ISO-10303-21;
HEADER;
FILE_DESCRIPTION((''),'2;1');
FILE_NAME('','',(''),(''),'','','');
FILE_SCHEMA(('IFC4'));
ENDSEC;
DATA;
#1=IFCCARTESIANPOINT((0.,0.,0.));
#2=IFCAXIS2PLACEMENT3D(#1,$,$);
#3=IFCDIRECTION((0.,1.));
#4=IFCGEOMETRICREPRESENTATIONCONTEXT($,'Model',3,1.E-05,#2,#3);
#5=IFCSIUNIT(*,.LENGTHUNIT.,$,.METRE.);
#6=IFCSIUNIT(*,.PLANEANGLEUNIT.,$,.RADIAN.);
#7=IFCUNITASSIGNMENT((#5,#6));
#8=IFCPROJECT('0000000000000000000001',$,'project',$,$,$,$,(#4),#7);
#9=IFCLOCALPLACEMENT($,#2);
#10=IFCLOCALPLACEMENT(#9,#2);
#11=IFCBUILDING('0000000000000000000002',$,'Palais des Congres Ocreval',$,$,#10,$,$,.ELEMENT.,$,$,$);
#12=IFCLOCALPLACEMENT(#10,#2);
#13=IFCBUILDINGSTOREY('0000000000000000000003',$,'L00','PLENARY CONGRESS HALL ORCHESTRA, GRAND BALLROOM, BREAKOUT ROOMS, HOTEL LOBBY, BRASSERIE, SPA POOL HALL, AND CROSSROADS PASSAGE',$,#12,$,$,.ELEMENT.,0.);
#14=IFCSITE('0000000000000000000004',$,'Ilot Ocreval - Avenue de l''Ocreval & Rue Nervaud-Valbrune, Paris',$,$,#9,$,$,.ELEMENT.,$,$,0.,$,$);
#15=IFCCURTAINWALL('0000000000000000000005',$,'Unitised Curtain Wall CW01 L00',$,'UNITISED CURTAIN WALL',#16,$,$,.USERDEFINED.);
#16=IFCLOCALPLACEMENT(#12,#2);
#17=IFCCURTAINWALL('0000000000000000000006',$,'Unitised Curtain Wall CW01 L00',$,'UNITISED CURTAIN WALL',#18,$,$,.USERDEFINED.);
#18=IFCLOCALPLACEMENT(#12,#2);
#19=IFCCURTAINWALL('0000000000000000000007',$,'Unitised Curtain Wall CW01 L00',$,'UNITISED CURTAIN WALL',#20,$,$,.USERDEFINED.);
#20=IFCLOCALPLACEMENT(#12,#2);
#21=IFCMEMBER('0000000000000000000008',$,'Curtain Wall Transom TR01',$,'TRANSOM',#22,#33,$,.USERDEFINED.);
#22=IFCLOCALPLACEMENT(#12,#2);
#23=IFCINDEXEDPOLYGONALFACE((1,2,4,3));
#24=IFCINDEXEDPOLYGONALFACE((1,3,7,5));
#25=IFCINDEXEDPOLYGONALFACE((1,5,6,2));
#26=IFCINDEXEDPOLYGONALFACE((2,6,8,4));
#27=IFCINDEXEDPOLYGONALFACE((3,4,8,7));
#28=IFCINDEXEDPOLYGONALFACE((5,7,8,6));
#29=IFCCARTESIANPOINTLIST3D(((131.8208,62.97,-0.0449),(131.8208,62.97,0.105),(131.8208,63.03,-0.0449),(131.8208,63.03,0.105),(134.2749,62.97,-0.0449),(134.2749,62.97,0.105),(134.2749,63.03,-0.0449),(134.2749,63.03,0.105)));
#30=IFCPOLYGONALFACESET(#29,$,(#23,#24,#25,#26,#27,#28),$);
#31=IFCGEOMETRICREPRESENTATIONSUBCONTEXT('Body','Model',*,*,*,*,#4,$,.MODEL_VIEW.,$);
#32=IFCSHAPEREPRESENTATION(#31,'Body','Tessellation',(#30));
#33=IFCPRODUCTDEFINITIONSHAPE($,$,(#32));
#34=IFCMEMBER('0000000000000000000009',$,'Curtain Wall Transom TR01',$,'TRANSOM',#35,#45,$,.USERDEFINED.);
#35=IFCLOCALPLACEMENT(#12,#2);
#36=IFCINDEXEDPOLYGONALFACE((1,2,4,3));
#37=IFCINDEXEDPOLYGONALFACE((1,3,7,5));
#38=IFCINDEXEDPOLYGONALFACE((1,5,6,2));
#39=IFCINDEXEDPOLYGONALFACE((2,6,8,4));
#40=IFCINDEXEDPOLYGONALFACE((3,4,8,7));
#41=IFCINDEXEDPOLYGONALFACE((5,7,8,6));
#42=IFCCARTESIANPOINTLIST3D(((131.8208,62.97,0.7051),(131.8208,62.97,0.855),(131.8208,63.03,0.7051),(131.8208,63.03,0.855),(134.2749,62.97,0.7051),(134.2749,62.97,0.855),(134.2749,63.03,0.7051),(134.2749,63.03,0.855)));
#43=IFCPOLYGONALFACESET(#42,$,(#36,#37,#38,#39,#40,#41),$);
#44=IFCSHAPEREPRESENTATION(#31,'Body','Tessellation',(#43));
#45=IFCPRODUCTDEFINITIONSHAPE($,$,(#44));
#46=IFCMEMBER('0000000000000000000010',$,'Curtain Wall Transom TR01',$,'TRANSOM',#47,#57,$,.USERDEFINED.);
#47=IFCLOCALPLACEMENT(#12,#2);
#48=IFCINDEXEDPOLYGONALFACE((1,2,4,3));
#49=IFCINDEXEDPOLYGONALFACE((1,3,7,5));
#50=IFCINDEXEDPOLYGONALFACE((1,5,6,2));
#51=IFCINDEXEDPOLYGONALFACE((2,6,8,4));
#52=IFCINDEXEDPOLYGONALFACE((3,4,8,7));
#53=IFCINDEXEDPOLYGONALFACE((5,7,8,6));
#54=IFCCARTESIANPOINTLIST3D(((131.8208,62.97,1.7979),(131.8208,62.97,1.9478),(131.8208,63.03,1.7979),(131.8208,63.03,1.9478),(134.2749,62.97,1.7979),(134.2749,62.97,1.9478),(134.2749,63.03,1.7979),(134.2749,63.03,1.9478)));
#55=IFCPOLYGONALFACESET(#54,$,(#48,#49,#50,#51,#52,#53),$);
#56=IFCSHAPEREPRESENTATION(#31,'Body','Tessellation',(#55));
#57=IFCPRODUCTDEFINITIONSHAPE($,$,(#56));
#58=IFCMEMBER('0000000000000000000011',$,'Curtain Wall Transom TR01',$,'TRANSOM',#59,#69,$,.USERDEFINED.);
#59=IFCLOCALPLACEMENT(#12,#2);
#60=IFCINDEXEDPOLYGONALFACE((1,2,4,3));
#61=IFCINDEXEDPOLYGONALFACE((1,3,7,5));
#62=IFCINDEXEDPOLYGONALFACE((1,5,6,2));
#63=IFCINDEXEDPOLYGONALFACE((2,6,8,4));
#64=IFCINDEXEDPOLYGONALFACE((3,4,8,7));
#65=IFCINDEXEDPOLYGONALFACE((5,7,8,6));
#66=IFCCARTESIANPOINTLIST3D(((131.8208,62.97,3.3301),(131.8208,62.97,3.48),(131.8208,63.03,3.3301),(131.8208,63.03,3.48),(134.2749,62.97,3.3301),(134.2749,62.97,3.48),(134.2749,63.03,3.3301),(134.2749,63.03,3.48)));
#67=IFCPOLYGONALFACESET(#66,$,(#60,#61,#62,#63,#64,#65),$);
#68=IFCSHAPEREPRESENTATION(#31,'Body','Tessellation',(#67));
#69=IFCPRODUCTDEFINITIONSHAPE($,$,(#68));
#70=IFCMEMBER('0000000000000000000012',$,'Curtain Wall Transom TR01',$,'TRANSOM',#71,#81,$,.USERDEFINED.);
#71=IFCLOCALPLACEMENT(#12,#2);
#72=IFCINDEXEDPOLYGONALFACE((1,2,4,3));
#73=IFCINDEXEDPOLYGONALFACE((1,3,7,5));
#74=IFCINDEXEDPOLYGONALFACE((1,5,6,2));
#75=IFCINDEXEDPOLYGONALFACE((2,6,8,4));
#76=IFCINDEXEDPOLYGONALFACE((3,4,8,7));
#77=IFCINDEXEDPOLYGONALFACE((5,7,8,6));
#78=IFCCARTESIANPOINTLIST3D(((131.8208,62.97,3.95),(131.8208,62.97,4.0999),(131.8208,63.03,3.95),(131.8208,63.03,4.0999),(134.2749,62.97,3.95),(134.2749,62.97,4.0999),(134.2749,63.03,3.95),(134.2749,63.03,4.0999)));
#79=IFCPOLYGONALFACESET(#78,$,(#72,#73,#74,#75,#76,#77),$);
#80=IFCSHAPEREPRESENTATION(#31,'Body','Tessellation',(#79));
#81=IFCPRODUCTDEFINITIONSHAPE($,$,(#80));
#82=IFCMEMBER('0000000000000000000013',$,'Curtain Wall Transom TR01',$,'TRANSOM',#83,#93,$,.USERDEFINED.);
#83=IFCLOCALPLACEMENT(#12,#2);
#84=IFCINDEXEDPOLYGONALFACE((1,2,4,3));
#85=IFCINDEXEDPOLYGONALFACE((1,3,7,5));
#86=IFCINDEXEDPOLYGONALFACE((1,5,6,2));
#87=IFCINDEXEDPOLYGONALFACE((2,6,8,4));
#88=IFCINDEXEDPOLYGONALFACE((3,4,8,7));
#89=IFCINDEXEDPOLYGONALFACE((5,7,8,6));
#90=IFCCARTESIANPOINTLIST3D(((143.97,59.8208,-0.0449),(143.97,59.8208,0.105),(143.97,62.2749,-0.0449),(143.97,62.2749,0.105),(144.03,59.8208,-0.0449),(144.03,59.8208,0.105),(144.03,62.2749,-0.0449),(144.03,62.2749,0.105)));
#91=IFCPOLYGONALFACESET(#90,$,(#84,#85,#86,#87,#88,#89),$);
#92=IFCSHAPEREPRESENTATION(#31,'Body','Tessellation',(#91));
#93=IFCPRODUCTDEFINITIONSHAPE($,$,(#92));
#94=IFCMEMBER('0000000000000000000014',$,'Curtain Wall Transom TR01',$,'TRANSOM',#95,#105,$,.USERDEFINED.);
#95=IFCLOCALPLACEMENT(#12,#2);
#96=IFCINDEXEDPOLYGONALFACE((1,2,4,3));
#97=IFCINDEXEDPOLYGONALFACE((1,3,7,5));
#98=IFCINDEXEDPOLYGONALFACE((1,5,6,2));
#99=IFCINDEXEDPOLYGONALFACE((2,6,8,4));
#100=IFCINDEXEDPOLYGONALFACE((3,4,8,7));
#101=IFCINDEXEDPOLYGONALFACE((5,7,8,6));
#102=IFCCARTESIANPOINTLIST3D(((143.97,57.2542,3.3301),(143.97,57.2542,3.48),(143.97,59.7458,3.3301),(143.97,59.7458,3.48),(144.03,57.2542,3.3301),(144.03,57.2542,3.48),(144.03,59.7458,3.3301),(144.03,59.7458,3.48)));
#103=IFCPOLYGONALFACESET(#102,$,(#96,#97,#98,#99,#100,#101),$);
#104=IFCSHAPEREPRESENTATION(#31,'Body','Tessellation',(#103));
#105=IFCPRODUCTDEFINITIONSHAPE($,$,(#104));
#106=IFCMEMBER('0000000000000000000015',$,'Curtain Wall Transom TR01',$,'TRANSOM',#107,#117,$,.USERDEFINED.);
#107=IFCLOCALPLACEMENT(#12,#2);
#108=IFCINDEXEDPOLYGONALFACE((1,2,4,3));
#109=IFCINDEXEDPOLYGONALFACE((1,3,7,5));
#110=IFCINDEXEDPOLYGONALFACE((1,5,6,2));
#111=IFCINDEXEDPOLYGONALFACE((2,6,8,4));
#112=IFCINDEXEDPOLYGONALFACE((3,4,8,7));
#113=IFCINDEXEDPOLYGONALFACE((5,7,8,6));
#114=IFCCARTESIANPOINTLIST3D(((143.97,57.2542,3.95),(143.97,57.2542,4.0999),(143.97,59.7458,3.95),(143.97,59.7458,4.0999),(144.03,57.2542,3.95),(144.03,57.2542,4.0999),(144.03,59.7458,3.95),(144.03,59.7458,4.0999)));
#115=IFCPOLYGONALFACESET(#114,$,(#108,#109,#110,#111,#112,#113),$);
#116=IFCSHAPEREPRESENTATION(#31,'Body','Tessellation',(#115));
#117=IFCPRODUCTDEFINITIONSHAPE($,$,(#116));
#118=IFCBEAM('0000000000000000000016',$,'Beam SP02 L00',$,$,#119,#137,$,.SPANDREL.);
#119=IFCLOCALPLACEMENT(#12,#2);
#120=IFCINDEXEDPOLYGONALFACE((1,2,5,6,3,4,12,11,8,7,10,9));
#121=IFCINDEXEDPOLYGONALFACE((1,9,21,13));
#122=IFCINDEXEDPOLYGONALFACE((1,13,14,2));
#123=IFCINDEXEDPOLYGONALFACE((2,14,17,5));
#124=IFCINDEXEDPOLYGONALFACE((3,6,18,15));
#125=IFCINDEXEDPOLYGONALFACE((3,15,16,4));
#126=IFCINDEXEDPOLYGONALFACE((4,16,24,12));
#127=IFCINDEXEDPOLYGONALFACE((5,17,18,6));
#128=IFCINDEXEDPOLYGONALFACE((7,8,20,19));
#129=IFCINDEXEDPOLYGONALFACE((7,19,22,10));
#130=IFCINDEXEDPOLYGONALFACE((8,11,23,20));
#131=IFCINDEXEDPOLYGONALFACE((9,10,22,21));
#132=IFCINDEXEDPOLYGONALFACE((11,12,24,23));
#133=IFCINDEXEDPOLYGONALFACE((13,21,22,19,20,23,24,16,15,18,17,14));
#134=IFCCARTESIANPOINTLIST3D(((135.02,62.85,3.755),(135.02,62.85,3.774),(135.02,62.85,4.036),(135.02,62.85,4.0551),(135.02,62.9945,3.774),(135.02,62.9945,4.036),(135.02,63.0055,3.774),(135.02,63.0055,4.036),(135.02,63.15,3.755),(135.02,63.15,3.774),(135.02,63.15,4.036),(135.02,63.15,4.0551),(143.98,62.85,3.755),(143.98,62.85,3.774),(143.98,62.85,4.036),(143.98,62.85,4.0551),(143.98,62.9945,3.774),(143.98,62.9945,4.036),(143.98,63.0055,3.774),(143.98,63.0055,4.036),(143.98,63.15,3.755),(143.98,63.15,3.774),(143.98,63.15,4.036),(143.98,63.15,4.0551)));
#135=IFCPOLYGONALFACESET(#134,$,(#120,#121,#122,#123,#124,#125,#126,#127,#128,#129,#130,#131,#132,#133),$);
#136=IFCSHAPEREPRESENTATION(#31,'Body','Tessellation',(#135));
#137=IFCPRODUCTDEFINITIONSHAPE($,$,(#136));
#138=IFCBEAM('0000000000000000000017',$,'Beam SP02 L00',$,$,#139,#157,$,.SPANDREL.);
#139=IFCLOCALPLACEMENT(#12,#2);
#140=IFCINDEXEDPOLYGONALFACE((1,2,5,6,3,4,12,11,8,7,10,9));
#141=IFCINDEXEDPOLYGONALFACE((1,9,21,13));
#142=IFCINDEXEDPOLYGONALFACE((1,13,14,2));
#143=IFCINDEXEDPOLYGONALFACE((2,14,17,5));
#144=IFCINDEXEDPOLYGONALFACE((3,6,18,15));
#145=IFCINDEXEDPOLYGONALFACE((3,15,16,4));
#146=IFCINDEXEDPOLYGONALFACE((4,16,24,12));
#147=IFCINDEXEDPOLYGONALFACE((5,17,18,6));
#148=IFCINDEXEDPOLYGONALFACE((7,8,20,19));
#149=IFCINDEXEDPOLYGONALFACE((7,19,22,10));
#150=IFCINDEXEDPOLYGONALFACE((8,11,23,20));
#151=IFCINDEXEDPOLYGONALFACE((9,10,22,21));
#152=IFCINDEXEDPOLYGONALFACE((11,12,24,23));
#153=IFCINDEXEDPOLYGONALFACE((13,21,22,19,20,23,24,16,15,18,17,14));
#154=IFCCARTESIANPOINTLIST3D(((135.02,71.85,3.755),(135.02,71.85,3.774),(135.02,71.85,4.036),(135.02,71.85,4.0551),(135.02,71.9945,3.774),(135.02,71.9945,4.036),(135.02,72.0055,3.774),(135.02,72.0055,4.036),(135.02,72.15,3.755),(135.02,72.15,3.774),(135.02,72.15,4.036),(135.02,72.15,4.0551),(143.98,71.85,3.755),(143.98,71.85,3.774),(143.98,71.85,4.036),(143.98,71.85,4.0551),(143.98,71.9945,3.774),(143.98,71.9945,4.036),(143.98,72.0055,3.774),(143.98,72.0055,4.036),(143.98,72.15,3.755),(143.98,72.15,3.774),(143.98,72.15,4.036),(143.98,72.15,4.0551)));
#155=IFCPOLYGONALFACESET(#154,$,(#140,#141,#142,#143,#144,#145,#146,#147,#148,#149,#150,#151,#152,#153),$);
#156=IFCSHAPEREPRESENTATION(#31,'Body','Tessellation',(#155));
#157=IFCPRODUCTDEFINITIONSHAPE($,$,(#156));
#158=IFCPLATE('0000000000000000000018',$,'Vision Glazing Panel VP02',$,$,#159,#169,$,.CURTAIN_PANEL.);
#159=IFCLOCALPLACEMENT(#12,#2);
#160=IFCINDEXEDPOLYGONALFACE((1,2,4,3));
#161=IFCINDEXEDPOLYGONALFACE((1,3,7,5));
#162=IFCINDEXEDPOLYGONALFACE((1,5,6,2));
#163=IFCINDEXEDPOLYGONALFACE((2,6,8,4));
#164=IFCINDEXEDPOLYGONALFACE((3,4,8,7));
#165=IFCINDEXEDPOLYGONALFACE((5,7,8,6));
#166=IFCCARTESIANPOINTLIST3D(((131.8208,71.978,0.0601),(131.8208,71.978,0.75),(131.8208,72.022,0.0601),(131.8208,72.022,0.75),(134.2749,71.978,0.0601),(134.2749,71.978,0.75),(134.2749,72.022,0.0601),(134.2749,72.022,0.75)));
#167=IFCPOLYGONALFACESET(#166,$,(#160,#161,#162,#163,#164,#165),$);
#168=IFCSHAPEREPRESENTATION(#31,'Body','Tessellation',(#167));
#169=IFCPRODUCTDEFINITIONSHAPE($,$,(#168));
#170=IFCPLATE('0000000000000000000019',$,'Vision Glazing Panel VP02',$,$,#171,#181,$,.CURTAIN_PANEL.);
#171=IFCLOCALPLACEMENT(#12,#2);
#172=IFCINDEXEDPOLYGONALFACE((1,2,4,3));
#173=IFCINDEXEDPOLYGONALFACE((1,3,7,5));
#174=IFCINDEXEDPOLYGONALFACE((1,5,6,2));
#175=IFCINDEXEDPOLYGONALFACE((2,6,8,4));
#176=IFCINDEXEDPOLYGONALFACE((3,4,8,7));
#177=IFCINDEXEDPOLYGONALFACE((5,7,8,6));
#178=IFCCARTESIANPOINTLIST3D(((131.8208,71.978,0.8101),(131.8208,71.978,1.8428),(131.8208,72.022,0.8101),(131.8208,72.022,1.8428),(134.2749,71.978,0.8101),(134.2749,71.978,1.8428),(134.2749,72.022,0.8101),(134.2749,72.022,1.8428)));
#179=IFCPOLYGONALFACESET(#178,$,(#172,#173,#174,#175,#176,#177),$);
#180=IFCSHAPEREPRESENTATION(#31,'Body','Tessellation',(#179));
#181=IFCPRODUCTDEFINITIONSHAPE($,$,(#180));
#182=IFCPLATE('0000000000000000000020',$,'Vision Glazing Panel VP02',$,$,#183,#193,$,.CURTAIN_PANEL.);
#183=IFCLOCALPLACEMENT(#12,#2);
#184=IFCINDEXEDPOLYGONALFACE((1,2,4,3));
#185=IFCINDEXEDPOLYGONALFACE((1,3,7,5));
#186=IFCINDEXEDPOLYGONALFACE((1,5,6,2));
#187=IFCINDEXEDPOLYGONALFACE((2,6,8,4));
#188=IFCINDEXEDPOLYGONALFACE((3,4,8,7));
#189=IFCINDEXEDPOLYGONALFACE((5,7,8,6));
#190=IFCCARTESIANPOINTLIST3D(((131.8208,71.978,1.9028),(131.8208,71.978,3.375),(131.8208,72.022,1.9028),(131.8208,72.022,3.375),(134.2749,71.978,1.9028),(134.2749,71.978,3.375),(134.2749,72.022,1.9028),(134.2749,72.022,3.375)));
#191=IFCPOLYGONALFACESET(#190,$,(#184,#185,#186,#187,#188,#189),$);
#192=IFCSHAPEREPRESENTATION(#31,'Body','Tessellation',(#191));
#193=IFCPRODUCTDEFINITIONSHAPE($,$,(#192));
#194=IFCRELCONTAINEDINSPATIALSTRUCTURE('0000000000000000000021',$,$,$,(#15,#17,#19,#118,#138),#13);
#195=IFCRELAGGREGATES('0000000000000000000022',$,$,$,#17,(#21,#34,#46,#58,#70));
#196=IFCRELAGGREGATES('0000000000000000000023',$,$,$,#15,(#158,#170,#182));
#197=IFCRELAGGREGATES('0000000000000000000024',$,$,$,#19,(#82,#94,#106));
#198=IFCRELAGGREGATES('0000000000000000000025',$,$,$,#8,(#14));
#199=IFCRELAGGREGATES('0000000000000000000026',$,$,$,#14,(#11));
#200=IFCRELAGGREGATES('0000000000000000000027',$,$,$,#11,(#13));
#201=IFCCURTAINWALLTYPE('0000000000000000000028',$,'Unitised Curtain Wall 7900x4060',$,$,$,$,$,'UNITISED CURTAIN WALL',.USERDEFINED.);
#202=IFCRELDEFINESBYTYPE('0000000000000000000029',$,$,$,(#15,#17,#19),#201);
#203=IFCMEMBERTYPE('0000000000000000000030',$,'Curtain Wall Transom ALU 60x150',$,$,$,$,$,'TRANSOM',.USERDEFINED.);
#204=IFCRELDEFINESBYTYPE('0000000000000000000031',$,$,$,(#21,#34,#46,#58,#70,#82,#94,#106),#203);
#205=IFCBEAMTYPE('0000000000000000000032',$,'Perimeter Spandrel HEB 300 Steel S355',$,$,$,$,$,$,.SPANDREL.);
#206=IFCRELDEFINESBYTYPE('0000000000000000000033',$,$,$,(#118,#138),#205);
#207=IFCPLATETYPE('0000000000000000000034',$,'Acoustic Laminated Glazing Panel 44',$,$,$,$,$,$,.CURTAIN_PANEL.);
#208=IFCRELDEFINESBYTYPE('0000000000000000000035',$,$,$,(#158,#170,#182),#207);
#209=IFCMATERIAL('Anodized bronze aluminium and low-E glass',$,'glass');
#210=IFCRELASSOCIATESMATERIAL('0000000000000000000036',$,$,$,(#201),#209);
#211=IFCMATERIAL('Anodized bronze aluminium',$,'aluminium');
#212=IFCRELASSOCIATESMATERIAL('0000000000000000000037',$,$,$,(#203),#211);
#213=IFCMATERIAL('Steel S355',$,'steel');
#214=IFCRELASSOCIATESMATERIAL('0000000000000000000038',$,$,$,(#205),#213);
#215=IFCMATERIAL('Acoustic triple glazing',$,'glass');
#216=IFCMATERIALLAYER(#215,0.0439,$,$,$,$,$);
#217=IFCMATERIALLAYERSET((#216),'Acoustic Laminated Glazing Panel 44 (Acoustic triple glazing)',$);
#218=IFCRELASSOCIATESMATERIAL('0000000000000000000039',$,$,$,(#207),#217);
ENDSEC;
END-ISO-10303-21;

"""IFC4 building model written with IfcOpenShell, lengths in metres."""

from ifc_helpers import new_model, si_unit, direction, frame, origin, origin_2d, place, context, subcontext, project, spatial, rectangle, i_section, extrude, material, layer, layer_set, material_profile, profile_set, type_object, element, aggregate, save


model = new_model("IFC4")

# Units and contexts
model_context = context("Model", 3, precision=1e-05, world=origin(), true_north=direction((0.0, 1.0)))
body_context = subcontext(model_context, "Body", "Model", "MODEL_VIEW")
ifc_project = project(units=[si_unit("LENGTHUNIT", "METRE"), si_unit("PLANEANGLEUNIT", "RADIAN")], contexts=[model_context])

# Site, building, storey
site_placement = place(None, origin())
site = spatial("IfcSite", under=ifc_project, at=site_placement, Name="Ilot Ocreval - Avenue de l'Ocreval & Rue Nervaud-Valbrune, Paris", CompositionType="ELEMENT", RefElevation=0.0)
building_placement = place(site_placement, origin())
building = spatial("IfcBuilding", under=site, at=building_placement, Name="Palais des Congres Ocreval", CompositionType="ELEMENT")
storey_placement = place(building_placement, origin())
storey = spatial("IfcBuildingStorey", under=building, at=storey_placement, Name="L00", Description="PLENARY CONGRESS HALL ORCHESTRA, GRAND BALLROOM, BREAKOUT ROOMS, HOTEL LOBBY, BRASSERIE, SPA POOL HALL, AND CROSSROADS PASSAGE", CompositionType="ELEMENT", Elevation=0.0)

# Shared definitions
ifc_material_1 = material(Name="Steel S355", Category="steel")

# Curtain walls
ifc_material_2 = material(Name="Anodized bronze aluminium and low-E glass", Category="glass")
curtain_wall_type = type_object("IfcCurtainWallType", Name="Unitised Curtain Wall 7900x4060", ElementType="UNITISED CURTAIN WALL", PredefinedType="USERDEFINED", material=ifc_material_2)
curtain_wall_1_placement = place(storey_placement, origin())
curtain_wall_1 = element("IfcCurtainWall", 1, at=curtain_wall_1_placement, inside=storey, type_object=curtain_wall_type, Name="Unitised Curtain Wall CW01 L00", ObjectType="UNITISED CURTAIN WALL", PredefinedType="USERDEFINED")
ifc_material_3 = material(Name="Anodized bronze aluminium", Category="aluminium")
curtain_wall_2_placement = place(storey_placement, origin())
curtain_wall_2 = element("IfcCurtainWall", 2, at=curtain_wall_2_placement, inside=storey, type_object=curtain_wall_type, Name="Unitised Curtain Wall CW01 L00", ObjectType="UNITISED CURTAIN WALL", PredefinedType="USERDEFINED")
curtain_wall_3_placement = place(storey_placement, origin())
curtain_wall_3 = element("IfcCurtainWall", 3, at=curtain_wall_3_placement, inside=storey, type_object=curtain_wall_type, Name="Unitised Curtain Wall CW01 L00", ObjectType="UNITISED CURTAIN WALL", PredefinedType="USERDEFINED")

# Members
ifc_material_profile_1 = material_profile(ifc_material_3, rectangle(XDim=0.0601, YDim=0.1499, at=origin_2d()), Name="ALU 60x150")
ifc_profile_set_1 = profile_set([ifc_material_profile_1], Name="Anodized bronze aluminium")
member_type_1 = type_object("IfcMemberType", Name="Curtain Wall Transom ALU 60x150", ElementType="TRANSOM", PredefinedType="USERDEFINED", material=ifc_profile_set_1)
member_1_placement = place(storey_placement, frame((131.8208, 63.0, 0.03), z_axis=(1.0, 0.0, 0.0), x_axis=(0.0, 1.0, 0.0)))
member_1 = element("IfcMember", 4, at=member_1_placement, type_object=member_type_1, Name="Curtain Wall Transom TR01", ObjectType="TRANSOM", PredefinedType="USERDEFINED", context=body_context, shape_type="SweptSolid", body=[
    extrude(rectangle(XDim=0.0601, YDim=0.1499, at=origin_2d()), origin(), (0.0, 0.0, 1.0), 2.4541),
])
member_2_placement = place(storey_placement, frame((131.8208, 63.0, 0.78), z_axis=(1.0, 0.0, 0.0), x_axis=(0.0, 1.0, 0.0)))
member_2 = element("IfcMember", 5, at=member_2_placement, type_object=member_type_1, Name="Curtain Wall Transom TR01", ObjectType="TRANSOM", PredefinedType="USERDEFINED", context=body_context, shape_type="SweptSolid", body=[
    extrude(rectangle(XDim=0.0601, YDim=0.1499, at=origin_2d()), origin(), (0.0, 0.0, 1.0), 2.4541),
])
member_3_placement = place(storey_placement, frame((131.8208, 63.0, 1.8728), z_axis=(1.0, 0.0, 0.0), x_axis=(0.0, 1.0, 0.0)))
member_3 = element("IfcMember", 6, at=member_3_placement, type_object=member_type_1, Name="Curtain Wall Transom TR01", ObjectType="TRANSOM", PredefinedType="USERDEFINED", context=body_context, shape_type="SweptSolid", body=[
    extrude(rectangle(XDim=0.0601, YDim=0.1499, at=origin_2d()), origin(), (0.0, 0.0, 1.0), 2.4541),
])
member_4_placement = place(storey_placement, frame((131.8208, 63.0, 3.405), z_axis=(1.0, 0.0, 0.0), x_axis=(0.0, 1.0, 0.0)))
member_4 = element("IfcMember", 7, at=member_4_placement, type_object=member_type_1, Name="Curtain Wall Transom TR01", ObjectType="TRANSOM", PredefinedType="USERDEFINED", context=body_context, shape_type="SweptSolid", body=[
    extrude(rectangle(XDim=0.0601, YDim=0.1499, at=origin_2d()), origin(), (0.0, 0.0, 1.0), 2.4541),
])
member_5_placement = place(storey_placement, frame((131.8208, 63.0, 4.0249), z_axis=(1.0, 0.0, 0.0), x_axis=(0.0, 1.0, 0.0)))
member_5 = element("IfcMember", 8, at=member_5_placement, type_object=member_type_1, Name="Curtain Wall Transom TR01", ObjectType="TRANSOM", PredefinedType="USERDEFINED", context=body_context, shape_type="SweptSolid", body=[
    extrude(rectangle(XDim=0.0601, YDim=0.1499, at=origin_2d()), origin(), (0.0, 0.0, 1.0), 2.4541),
])
member_6_placement = place(storey_placement, frame((144.0, 62.2749, 0.03), z_axis=(0.0, -1.0, 0.0), x_axis=(1.0, 0.0, 0.0)))
member_6 = element("IfcMember", 9, at=member_6_placement, type_object=member_type_1, Name="Curtain Wall Transom TR01", ObjectType="TRANSOM", PredefinedType="USERDEFINED", context=body_context, shape_type="SweptSolid", body=[
    extrude(rectangle(XDim=0.0601, YDim=0.1499, at=origin_2d()), origin(), (0.0, 0.0, 1.0), 2.4541),
])
member_7_placement = place(storey_placement, frame((144.0, 59.7458, 3.405), z_axis=(0.0, -1.0, 0.0), x_axis=(1.0, 0.0, 0.0)))
member_7 = element("IfcMember", 10, at=member_7_placement, type_object=member_type_1, Name="Curtain Wall Transom TR01", ObjectType="TRANSOM", PredefinedType="USERDEFINED", context=body_context, shape_type="SweptSolid", body=[
    extrude(rectangle(XDim=0.0601, YDim=0.1499, at=origin_2d()), origin(), (0.0, 0.0, 1.0), 2.4917),
])
member_8_placement = place(storey_placement, frame((144.0, 59.7458, 4.0249), z_axis=(0.0, -1.0, 0.0), x_axis=(1.0, 0.0, 0.0)))
member_8 = element("IfcMember", 11, at=member_8_placement, type_object=member_type_1, Name="Curtain Wall Transom TR01", ObjectType="TRANSOM", PredefinedType="USERDEFINED", context=body_context, shape_type="SweptSolid", body=[
    extrude(rectangle(XDim=0.0601, YDim=0.1499, at=origin_2d()), origin(), (0.0, 0.0, 1.0), 2.4917),
])

# Beams
ifc_material_profile_2 = material_profile(ifc_material_1, i_section(OverallWidth=0.3, OverallDepth=0.3, WebThickness=0.011, FlangeThickness=0.019, at=origin_2d()), Name="HEB 300")
ifc_profile_set_2 = profile_set([ifc_material_profile_2], Name="Steel S355")
beam_type = type_object("IfcBeamType", Name="Perimeter Spandrel HEB 300 Steel S355", PredefinedType="SPANDREL", material=ifc_profile_set_2)
for number, where, z_axis, x_axis, name in (
    (12, (135.02, 63.0, 3.905), (1.0, 0.0, 0.0), (0.0, 1.0, 0.0), "Beam SP02 L00"),
    (13, (135.02, 72.0, 3.905), (1.0, 0.0, 0.0), (0.0, 1.0, 0.0), "Beam SP02 L00"),
):
    element("IfcBeam", number, at=place(storey_placement, frame(where, z_axis=z_axis, x_axis=x_axis)), inside=storey, type_object=beam_type, Name=name, PredefinedType="SPANDREL", context=body_context, shape_type="SweptSolid", body=[
        extrude(i_section(OverallWidth=0.3, OverallDepth=0.3, WebThickness=0.011, FlangeThickness=0.019, at=origin_2d()), origin(), (0.0, 0.0, 1.0), 8.96),
    ])

# Plates
ifc_material_4 = material(Name="Acoustic triple glazing", Category="glass")
ifc_layer_1 = layer(ifc_material_4, 0.0439)
ifc_layer_set_1 = layer_set([ifc_layer_1], Name="Acoustic Laminated Glazing Panel 44 (Acoustic triple glazing)")
plate_type_1 = type_object("IfcPlateType", Name="Acoustic Laminated Glazing Panel 44", PredefinedType="CURTAIN_PANEL", material=ifc_layer_set_1)
plate_1_placement = place(storey_placement, frame((133.0479, 72.0, 0.0601), z_axis=(0.0, 0.0, 1.0), x_axis=(-1.0, 0.0, 0.0)))
plate_1 = element("IfcPlate", 14, at=plate_1_placement, type_object=plate_type_1, Name="Vision Glazing Panel VP02", PredefinedType="CURTAIN_PANEL", context=body_context, shape_type="SweptSolid", body=[
    extrude(rectangle(XDim=2.4541, YDim=0.0439, at=origin_2d()), origin(), (0.0, 0.0, 1.0), 0.6899),
])
plate_2_placement = place(storey_placement, frame((133.0479, 72.0, 0.8101), z_axis=(0.0, 0.0, 1.0), x_axis=(-1.0, 0.0, 0.0)))
plate_2 = element("IfcPlate", 15, at=plate_2_placement, type_object=plate_type_1, Name="Vision Glazing Panel VP02", PredefinedType="CURTAIN_PANEL", context=body_context, shape_type="SweptSolid", body=[
    extrude(rectangle(XDim=2.4541, YDim=0.0439, at=origin_2d()), origin(), (0.0, 0.0, 1.0), 1.0327),
])
plate_3_placement = place(storey_placement, frame((133.0479, 72.0, 1.9028), z_axis=(0.0, 0.0, 1.0), x_axis=(-1.0, 0.0, 0.0)))
plate_3 = element("IfcPlate", 16, at=plate_3_placement, type_object=plate_type_1, Name="Vision Glazing Panel VP02", PredefinedType="CURTAIN_PANEL", context=body_context, shape_type="SweptSolid", body=[
    extrude(rectangle(XDim=2.4541, YDim=0.0439, at=origin_2d()), origin(), (0.0, 0.0, 1.0), 1.4722),
])
aggregate(curtain_wall_2, [member_1, member_2, member_3, member_4, member_5])
aggregate(curtain_wall_1, [plate_1, plate_2, plate_3])
aggregate(curtain_wall_3, [member_6, member_7, member_8])

save(model, "model.ifc")
